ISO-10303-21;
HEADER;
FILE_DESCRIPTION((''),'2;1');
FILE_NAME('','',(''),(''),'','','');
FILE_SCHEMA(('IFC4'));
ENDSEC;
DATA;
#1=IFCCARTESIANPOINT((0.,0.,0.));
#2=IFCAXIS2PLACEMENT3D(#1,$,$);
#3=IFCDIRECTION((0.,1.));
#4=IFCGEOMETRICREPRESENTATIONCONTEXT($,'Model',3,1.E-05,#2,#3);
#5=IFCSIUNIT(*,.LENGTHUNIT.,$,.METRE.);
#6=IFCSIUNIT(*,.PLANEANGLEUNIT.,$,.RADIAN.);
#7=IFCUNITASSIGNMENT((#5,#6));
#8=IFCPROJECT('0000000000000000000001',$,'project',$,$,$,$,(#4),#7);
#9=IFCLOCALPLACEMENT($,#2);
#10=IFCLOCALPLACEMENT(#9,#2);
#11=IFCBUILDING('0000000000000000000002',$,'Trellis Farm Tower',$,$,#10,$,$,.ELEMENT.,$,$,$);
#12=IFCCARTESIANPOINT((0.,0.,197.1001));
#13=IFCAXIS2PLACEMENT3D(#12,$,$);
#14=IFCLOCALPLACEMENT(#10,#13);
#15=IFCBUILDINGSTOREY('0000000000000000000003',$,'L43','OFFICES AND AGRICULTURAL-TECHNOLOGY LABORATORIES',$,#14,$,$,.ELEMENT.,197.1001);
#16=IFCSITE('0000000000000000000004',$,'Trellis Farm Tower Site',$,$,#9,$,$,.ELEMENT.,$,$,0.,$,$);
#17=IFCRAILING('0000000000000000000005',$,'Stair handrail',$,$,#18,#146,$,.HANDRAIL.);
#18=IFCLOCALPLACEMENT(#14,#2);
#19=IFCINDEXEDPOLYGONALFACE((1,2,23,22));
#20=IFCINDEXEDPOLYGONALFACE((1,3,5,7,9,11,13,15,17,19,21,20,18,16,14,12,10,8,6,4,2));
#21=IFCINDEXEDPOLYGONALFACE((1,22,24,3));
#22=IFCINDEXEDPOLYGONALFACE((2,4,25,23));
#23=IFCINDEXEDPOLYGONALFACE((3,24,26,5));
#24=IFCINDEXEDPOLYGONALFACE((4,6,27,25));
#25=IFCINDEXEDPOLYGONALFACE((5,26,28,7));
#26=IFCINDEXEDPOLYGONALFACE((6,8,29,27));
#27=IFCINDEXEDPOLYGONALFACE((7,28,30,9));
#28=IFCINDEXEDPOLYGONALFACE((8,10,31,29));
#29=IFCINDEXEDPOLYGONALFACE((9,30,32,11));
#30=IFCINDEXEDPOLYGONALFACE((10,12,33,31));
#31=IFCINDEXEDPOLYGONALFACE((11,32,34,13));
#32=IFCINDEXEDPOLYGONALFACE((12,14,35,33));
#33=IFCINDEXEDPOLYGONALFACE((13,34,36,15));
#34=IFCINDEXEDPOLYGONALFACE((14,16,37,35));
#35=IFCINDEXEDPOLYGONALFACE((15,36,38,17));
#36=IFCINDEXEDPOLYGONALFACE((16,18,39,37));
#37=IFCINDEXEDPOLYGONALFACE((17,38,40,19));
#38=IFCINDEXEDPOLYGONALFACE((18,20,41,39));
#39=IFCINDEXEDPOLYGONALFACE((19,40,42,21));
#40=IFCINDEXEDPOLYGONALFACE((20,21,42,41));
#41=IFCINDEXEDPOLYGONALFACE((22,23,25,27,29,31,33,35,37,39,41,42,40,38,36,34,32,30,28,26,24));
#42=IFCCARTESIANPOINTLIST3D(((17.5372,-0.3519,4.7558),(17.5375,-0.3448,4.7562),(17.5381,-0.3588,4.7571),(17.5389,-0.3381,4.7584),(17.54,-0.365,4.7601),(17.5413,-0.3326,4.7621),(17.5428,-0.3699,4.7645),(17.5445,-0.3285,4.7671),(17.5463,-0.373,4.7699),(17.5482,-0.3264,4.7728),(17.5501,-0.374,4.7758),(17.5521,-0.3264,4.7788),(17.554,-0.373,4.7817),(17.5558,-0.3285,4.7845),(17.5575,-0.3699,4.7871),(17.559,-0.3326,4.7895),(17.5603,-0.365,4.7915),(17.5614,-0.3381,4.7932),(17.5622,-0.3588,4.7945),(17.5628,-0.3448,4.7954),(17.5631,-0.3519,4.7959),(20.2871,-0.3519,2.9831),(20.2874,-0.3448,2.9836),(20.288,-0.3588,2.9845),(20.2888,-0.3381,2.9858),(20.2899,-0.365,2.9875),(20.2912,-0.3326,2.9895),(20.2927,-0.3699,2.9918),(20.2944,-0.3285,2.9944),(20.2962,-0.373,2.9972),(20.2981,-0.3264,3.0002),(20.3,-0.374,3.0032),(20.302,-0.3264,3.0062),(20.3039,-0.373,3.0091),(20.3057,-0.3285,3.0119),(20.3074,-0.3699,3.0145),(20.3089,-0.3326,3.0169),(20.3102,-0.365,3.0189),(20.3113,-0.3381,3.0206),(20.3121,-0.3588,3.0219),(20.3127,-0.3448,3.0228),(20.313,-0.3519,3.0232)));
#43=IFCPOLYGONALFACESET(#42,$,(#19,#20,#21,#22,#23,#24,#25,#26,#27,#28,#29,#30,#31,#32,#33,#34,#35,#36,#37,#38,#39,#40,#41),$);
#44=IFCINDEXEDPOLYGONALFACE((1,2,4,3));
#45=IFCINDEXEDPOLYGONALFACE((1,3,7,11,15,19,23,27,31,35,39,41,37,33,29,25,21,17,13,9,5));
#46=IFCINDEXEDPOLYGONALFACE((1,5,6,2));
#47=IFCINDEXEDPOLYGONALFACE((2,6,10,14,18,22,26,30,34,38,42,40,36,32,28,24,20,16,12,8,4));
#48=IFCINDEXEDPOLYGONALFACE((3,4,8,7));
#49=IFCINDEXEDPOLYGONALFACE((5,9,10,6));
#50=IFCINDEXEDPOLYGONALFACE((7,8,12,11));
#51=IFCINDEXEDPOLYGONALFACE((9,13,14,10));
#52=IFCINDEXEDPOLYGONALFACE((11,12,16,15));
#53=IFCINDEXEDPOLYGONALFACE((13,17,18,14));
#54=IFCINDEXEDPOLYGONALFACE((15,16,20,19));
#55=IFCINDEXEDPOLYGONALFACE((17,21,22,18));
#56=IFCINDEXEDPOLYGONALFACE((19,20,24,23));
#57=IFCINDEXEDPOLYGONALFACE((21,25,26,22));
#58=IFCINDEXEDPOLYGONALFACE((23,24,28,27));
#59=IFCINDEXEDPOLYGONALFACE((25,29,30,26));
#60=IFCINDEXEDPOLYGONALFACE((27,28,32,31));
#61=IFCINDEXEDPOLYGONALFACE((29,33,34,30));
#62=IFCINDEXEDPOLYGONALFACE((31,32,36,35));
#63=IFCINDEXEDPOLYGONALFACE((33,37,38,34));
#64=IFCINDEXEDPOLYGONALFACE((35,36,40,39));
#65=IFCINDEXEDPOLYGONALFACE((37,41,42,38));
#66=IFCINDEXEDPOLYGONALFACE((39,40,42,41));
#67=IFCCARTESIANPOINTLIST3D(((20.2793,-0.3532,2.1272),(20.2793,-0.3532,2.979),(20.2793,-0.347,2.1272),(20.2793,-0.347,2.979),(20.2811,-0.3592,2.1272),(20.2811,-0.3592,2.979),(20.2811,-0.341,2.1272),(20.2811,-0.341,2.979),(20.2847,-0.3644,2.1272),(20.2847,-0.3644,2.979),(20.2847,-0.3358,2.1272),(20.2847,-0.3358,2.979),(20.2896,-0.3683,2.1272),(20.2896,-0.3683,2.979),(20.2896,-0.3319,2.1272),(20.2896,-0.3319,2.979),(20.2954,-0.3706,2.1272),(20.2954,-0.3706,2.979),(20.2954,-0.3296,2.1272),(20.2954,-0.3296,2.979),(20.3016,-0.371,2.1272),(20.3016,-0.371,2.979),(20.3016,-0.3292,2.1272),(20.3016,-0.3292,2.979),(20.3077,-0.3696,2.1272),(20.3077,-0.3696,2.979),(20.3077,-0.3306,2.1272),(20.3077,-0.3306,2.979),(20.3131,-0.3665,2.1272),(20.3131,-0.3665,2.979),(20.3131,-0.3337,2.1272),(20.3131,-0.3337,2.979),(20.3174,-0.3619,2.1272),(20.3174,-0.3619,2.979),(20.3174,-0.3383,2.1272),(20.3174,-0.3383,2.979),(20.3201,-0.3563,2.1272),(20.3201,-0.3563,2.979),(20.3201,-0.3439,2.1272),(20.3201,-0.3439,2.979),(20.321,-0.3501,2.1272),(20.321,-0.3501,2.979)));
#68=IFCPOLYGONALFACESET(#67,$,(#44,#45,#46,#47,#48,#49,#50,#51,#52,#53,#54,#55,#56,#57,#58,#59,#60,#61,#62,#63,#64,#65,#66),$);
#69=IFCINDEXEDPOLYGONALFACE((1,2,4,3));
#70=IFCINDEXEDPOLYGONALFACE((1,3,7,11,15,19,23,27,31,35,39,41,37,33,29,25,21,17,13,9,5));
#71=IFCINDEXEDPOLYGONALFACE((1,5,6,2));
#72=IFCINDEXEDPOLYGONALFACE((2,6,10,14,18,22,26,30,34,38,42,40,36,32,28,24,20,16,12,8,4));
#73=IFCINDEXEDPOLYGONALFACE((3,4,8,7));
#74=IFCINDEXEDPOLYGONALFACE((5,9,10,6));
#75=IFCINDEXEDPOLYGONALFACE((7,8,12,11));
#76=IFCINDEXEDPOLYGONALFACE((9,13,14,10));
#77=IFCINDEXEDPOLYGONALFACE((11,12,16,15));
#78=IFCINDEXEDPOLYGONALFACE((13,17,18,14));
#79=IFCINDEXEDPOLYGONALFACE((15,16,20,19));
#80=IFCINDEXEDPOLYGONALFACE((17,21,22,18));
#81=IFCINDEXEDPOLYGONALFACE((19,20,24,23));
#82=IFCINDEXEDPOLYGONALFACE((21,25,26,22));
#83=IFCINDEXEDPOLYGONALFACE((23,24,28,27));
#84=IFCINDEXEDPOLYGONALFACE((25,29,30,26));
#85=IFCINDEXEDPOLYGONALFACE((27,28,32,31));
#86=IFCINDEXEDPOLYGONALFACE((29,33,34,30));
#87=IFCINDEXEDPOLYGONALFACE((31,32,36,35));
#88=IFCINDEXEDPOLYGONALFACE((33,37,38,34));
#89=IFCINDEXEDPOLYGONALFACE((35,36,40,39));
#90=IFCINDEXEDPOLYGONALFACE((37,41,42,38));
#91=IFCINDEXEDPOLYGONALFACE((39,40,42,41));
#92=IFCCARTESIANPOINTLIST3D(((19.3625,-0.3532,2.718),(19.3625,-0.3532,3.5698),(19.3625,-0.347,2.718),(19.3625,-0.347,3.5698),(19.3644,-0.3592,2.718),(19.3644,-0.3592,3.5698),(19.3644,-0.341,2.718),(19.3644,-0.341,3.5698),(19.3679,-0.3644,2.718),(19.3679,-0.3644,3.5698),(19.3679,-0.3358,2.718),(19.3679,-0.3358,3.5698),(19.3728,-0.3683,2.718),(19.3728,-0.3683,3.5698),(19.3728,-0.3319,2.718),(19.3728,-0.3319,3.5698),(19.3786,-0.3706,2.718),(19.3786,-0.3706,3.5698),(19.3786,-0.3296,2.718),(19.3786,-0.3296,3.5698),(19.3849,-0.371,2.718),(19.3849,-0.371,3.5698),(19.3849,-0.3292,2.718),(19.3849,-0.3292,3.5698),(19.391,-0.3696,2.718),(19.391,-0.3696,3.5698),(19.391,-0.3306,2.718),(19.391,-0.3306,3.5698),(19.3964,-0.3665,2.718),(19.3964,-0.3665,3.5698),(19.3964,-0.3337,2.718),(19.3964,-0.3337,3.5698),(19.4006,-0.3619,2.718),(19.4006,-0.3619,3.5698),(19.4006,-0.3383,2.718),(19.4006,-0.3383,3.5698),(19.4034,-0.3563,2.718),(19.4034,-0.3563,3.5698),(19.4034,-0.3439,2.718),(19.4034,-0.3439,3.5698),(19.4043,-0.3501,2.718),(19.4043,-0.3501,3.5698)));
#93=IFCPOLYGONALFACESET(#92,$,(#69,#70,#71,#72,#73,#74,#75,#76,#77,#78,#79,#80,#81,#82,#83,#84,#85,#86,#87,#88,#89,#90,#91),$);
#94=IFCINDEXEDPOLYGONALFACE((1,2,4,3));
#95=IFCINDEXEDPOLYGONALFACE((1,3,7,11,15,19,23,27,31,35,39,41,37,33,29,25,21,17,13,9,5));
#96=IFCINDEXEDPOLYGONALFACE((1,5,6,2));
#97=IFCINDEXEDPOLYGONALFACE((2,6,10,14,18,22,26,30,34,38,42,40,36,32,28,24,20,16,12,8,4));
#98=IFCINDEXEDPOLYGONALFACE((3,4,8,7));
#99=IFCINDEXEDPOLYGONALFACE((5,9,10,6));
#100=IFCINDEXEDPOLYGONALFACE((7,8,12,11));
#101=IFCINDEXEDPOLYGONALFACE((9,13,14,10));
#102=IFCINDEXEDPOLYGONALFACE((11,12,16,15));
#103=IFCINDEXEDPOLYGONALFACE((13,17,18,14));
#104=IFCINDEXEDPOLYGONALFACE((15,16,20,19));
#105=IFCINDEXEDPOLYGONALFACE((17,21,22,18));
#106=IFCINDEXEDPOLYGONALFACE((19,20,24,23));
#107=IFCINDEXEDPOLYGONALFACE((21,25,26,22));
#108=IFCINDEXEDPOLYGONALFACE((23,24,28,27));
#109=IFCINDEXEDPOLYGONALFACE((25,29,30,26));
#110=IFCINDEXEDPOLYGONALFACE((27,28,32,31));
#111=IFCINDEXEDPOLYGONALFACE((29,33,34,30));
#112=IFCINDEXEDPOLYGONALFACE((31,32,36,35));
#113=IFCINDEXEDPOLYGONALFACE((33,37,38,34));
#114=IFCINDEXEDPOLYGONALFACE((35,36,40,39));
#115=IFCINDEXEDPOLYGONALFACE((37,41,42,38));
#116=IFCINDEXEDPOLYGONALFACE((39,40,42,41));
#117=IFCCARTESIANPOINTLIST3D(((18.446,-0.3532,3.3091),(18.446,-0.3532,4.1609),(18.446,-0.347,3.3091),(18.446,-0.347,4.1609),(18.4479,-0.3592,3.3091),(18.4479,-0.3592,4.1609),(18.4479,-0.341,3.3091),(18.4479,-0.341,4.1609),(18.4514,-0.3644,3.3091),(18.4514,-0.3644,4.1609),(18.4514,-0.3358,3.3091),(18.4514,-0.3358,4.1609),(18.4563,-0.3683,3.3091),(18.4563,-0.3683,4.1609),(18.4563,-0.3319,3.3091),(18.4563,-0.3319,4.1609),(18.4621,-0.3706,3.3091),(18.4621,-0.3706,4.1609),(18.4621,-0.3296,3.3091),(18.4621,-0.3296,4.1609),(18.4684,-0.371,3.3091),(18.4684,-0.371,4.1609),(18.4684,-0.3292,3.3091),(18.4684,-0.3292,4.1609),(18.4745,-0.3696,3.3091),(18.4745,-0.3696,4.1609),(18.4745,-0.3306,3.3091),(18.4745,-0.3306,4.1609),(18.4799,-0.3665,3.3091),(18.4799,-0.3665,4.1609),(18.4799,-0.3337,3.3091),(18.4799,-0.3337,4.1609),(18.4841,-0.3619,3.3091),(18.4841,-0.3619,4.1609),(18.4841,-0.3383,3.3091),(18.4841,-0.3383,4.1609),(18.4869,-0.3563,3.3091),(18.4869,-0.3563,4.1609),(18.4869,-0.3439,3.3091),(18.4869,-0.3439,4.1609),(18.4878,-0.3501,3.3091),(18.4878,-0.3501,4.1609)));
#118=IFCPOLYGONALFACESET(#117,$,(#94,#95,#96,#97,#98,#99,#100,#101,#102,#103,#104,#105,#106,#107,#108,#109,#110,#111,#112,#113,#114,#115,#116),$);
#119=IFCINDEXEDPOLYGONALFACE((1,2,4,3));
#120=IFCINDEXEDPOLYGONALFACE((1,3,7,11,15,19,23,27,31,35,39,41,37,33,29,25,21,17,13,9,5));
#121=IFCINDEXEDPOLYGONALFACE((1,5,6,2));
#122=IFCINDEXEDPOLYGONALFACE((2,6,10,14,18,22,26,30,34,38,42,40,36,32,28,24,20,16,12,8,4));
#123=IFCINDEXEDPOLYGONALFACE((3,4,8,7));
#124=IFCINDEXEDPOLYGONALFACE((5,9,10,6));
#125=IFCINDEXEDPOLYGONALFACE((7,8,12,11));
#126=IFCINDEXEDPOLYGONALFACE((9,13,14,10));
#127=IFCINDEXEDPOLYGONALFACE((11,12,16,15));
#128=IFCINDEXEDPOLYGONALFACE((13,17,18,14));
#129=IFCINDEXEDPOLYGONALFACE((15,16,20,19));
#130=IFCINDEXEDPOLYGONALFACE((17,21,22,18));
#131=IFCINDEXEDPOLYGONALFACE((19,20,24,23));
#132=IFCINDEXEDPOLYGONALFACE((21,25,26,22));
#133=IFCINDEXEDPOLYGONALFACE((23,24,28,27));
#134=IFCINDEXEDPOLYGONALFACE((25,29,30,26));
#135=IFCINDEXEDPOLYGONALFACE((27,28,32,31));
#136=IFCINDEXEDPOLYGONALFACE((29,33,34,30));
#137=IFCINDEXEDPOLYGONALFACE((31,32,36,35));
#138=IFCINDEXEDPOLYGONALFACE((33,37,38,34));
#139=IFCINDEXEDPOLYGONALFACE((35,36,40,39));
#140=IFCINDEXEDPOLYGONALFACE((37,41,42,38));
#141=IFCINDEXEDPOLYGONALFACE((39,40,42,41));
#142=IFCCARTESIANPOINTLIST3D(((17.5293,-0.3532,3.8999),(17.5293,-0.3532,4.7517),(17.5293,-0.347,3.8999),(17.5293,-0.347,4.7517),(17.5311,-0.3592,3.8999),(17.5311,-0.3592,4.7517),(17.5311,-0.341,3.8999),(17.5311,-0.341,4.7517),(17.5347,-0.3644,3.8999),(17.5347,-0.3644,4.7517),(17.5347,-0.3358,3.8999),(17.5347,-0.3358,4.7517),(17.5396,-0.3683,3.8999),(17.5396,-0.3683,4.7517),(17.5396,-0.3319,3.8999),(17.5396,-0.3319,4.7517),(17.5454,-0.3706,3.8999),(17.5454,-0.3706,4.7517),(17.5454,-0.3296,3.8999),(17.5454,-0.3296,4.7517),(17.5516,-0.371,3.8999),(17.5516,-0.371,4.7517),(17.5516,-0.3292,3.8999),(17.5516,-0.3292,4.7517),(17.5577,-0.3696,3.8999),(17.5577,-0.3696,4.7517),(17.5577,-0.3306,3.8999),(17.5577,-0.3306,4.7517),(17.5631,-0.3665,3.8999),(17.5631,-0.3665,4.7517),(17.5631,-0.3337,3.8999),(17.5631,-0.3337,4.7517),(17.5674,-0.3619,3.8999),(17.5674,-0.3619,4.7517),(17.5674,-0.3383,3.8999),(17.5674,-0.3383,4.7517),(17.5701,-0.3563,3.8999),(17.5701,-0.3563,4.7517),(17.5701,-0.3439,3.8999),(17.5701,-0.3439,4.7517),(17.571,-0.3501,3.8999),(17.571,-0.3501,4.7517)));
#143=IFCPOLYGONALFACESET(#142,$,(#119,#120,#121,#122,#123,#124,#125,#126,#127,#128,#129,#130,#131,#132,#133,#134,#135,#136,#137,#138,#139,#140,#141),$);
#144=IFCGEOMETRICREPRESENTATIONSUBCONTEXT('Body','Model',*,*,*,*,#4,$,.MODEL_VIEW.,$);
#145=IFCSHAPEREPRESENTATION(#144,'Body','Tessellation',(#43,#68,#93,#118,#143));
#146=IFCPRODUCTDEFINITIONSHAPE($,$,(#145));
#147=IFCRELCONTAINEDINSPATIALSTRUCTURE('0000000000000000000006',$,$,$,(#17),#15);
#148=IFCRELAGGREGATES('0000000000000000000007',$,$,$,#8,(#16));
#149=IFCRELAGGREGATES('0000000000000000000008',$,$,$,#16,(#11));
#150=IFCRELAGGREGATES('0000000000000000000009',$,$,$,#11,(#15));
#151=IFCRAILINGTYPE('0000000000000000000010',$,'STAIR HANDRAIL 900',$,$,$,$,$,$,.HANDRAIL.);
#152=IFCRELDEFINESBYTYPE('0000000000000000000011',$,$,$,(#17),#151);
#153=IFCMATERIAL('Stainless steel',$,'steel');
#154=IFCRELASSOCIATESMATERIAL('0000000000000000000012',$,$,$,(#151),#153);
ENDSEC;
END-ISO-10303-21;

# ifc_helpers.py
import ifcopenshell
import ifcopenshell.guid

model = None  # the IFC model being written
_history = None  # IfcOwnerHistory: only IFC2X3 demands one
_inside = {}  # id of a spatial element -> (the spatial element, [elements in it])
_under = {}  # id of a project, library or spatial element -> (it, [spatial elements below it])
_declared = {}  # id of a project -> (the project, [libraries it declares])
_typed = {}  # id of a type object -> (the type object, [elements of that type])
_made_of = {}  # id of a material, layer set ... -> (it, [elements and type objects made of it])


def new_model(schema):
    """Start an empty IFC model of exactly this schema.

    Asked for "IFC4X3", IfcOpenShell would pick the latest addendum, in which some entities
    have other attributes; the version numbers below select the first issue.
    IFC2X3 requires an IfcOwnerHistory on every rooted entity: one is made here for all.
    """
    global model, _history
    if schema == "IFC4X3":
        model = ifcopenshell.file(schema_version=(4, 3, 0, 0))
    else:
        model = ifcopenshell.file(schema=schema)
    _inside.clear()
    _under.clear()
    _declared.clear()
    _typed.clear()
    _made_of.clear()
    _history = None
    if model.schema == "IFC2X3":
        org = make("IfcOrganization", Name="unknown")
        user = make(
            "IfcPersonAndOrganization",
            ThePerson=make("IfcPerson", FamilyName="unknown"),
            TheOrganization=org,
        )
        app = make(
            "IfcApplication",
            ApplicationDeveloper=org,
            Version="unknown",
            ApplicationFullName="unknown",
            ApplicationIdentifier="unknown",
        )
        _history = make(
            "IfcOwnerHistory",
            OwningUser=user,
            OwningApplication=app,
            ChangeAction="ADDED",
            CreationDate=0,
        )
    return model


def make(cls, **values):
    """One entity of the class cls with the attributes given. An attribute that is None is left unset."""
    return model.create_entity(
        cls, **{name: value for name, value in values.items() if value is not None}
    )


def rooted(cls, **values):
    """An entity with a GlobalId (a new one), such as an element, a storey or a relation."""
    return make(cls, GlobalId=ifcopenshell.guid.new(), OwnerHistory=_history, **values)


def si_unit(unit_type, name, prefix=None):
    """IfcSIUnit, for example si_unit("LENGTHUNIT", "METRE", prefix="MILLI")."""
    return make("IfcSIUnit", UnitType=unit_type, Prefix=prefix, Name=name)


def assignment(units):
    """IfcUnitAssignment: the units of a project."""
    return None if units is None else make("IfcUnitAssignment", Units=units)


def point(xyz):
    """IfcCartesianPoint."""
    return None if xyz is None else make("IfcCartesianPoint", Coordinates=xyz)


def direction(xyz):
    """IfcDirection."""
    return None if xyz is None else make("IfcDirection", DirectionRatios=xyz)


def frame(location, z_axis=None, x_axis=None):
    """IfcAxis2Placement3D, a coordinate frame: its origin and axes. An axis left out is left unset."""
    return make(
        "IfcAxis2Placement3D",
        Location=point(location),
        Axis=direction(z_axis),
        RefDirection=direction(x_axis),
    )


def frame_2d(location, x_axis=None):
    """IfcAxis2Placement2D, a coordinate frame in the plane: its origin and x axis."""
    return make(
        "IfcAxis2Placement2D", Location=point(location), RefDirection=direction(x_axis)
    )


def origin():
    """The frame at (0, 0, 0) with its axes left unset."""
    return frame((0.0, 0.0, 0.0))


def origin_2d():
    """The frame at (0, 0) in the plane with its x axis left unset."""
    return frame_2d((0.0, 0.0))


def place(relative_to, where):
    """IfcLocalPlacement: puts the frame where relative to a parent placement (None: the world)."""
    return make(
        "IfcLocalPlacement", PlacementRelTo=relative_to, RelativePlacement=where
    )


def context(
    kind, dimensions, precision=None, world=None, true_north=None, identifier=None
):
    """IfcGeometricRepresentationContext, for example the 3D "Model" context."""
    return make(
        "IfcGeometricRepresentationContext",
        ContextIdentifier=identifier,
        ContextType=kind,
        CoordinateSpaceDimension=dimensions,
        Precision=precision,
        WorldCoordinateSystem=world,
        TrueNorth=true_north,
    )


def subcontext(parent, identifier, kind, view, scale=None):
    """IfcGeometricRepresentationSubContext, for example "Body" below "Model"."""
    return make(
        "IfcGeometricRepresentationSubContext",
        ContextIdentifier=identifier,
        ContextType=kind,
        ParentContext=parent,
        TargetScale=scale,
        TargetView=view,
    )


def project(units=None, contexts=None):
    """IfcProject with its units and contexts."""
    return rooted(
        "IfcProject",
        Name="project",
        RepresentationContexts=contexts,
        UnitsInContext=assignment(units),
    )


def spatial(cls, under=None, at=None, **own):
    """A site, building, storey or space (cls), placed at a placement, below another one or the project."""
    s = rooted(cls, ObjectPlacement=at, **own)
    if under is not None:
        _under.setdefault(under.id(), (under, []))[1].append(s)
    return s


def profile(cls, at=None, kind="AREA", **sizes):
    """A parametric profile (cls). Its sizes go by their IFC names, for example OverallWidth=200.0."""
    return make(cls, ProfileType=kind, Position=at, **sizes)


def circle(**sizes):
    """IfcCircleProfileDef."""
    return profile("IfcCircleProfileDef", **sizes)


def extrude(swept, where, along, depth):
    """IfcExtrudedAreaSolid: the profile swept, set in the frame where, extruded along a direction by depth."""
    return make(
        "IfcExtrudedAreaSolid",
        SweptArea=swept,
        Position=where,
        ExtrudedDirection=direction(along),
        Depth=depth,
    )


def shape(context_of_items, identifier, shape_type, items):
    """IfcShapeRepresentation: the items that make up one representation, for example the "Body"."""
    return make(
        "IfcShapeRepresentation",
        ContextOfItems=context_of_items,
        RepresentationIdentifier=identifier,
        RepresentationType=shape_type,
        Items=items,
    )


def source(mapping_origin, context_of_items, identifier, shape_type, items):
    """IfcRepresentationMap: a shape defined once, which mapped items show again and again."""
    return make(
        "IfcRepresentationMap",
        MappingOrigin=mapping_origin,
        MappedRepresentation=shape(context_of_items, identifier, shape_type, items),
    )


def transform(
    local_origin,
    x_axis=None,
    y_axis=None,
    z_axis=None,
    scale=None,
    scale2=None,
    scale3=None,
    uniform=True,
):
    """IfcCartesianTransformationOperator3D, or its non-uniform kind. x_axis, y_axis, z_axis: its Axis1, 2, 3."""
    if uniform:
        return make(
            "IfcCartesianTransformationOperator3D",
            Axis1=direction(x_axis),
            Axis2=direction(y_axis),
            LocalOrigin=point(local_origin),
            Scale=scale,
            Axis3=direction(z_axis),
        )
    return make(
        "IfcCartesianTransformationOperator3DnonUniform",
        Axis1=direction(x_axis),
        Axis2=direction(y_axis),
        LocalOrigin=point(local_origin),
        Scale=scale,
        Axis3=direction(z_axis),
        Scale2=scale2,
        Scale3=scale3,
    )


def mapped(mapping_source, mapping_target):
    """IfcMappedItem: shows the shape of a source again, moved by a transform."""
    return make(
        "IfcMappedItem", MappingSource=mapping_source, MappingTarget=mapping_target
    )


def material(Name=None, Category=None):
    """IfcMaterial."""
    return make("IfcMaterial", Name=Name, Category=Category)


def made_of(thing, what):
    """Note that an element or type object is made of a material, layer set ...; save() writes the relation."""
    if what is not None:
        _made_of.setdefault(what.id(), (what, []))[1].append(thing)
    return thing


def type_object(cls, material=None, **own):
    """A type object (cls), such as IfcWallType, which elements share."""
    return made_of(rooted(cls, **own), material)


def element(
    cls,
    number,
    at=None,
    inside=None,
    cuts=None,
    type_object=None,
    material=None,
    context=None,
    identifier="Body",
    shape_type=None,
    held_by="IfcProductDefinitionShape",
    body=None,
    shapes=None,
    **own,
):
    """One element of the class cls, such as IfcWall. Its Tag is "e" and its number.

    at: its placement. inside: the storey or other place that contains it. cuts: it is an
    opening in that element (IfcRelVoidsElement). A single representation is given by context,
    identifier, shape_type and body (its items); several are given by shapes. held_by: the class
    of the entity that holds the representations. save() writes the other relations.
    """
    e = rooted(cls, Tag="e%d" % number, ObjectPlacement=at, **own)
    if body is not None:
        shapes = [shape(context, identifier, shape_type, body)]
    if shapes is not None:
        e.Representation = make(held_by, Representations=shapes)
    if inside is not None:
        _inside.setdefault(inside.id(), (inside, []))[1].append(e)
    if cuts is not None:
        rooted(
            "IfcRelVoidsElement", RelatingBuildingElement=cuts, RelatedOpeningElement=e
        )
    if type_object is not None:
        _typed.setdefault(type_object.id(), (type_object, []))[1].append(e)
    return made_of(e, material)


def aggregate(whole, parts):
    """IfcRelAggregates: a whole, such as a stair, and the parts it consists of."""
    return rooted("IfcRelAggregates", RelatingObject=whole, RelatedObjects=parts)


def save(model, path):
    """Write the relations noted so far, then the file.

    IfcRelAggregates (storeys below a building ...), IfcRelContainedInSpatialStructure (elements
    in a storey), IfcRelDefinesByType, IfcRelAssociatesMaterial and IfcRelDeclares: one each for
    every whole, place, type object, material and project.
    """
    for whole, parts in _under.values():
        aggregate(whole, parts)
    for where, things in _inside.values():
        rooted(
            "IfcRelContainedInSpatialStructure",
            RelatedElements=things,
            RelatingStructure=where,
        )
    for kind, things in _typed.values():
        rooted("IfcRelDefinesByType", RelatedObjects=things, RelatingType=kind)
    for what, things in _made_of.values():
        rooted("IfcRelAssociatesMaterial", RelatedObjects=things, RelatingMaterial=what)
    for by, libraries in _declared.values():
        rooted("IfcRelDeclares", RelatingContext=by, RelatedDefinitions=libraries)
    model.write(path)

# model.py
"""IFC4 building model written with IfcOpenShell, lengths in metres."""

from ifc_helpers import new_model, si_unit, direction, frame, origin, origin_2d, place, context, subcontext, project, spatial, circle, extrude, source, transform, mapped, material, type_object, element, save


model = new_model("IFC4")

# Units and contexts
model_context = context("Model", 3, precision=1e-05, world=origin(), true_north=direction((0.0, 1.0)))
body_context = subcontext(model_context, "Body", "Model", "MODEL_VIEW")
ifc_project = project(units=[si_unit("LENGTHUNIT", "METRE"), si_unit("PLANEANGLEUNIT", "RADIAN")], contexts=[model_context])

# Site, building, storey
site_placement = place(None, origin())
site = spatial("IfcSite", under=ifc_project, at=site_placement, Name="Trellis Farm Tower Site", CompositionType="ELEMENT", RefElevation=0.0)
building_placement = place(site_placement, origin())
building = spatial("IfcBuilding", under=site, at=building_placement, Name="Trellis Farm Tower", CompositionType="ELEMENT")
storey_placement = place(building_placement, frame((0.0, 0.0, 197.1001)))
storey = spatial("IfcBuildingStorey", under=building, at=storey_placement, Name="L43", Description="OFFICES AND AGRICULTURAL-TECHNOLOGY LABORATORIES", CompositionType="ELEMENT", Elevation=197.1001)

# Railing
ifc_material_1 = material(Name="Stainless steel", Category="steel")
railing_type = type_object("IfcRailingType", Name="STAIR HANDRAIL 900", PredefinedType="HANDRAIL", material=ifc_material_1)
shared_shape_1 = source(origin(), body_context, "Body", "SweptSolid", [
    extrude(circle(Radius=0.0239, at=origin_2d()), frame((0.0, 0.0, 0.876), z_axis=(-0.840504, 0.0, 0.541806), x_axis=(0.0, -1.0, 0.0)), (0.0, 0.0, 1.0), 3.2717),
    extrude(circle(Radius=0.021, at=origin_2d()), origin(), (0.0, 0.0, 1.0), 0.8518),
    extrude(circle(Radius=0.021, at=origin_2d()), frame((-0.9167, 0.0, 0.5908)), (0.0, 0.0, 1.0), 0.8518),
    extrude(circle(Radius=0.021, at=origin_2d()), frame((-1.8333, 0.0, 1.1819)), (0.0, 0.0, 1.0), 0.8518),
    extrude(circle(Radius=0.021, at=origin_2d()), frame((-2.75, 0.0, 1.7727)), (0.0, 0.0, 1.0), 0.8518),
])
for number, where, name in (
    (1, (20.3, -0.3501, 2.1272), "Stair handrail"),
):
    element("IfcRailing", number, at=place(storey_placement, frame(where)), inside=storey, type_object=railing_type, Name=name, PredefinedType="HANDRAIL", context=body_context, shape_type="MappedRepresentation", body=[
        mapped(shared_shape_1, transform((0.0, 0.0, 0.0))),
    ])

save(model, "model.ifc")
